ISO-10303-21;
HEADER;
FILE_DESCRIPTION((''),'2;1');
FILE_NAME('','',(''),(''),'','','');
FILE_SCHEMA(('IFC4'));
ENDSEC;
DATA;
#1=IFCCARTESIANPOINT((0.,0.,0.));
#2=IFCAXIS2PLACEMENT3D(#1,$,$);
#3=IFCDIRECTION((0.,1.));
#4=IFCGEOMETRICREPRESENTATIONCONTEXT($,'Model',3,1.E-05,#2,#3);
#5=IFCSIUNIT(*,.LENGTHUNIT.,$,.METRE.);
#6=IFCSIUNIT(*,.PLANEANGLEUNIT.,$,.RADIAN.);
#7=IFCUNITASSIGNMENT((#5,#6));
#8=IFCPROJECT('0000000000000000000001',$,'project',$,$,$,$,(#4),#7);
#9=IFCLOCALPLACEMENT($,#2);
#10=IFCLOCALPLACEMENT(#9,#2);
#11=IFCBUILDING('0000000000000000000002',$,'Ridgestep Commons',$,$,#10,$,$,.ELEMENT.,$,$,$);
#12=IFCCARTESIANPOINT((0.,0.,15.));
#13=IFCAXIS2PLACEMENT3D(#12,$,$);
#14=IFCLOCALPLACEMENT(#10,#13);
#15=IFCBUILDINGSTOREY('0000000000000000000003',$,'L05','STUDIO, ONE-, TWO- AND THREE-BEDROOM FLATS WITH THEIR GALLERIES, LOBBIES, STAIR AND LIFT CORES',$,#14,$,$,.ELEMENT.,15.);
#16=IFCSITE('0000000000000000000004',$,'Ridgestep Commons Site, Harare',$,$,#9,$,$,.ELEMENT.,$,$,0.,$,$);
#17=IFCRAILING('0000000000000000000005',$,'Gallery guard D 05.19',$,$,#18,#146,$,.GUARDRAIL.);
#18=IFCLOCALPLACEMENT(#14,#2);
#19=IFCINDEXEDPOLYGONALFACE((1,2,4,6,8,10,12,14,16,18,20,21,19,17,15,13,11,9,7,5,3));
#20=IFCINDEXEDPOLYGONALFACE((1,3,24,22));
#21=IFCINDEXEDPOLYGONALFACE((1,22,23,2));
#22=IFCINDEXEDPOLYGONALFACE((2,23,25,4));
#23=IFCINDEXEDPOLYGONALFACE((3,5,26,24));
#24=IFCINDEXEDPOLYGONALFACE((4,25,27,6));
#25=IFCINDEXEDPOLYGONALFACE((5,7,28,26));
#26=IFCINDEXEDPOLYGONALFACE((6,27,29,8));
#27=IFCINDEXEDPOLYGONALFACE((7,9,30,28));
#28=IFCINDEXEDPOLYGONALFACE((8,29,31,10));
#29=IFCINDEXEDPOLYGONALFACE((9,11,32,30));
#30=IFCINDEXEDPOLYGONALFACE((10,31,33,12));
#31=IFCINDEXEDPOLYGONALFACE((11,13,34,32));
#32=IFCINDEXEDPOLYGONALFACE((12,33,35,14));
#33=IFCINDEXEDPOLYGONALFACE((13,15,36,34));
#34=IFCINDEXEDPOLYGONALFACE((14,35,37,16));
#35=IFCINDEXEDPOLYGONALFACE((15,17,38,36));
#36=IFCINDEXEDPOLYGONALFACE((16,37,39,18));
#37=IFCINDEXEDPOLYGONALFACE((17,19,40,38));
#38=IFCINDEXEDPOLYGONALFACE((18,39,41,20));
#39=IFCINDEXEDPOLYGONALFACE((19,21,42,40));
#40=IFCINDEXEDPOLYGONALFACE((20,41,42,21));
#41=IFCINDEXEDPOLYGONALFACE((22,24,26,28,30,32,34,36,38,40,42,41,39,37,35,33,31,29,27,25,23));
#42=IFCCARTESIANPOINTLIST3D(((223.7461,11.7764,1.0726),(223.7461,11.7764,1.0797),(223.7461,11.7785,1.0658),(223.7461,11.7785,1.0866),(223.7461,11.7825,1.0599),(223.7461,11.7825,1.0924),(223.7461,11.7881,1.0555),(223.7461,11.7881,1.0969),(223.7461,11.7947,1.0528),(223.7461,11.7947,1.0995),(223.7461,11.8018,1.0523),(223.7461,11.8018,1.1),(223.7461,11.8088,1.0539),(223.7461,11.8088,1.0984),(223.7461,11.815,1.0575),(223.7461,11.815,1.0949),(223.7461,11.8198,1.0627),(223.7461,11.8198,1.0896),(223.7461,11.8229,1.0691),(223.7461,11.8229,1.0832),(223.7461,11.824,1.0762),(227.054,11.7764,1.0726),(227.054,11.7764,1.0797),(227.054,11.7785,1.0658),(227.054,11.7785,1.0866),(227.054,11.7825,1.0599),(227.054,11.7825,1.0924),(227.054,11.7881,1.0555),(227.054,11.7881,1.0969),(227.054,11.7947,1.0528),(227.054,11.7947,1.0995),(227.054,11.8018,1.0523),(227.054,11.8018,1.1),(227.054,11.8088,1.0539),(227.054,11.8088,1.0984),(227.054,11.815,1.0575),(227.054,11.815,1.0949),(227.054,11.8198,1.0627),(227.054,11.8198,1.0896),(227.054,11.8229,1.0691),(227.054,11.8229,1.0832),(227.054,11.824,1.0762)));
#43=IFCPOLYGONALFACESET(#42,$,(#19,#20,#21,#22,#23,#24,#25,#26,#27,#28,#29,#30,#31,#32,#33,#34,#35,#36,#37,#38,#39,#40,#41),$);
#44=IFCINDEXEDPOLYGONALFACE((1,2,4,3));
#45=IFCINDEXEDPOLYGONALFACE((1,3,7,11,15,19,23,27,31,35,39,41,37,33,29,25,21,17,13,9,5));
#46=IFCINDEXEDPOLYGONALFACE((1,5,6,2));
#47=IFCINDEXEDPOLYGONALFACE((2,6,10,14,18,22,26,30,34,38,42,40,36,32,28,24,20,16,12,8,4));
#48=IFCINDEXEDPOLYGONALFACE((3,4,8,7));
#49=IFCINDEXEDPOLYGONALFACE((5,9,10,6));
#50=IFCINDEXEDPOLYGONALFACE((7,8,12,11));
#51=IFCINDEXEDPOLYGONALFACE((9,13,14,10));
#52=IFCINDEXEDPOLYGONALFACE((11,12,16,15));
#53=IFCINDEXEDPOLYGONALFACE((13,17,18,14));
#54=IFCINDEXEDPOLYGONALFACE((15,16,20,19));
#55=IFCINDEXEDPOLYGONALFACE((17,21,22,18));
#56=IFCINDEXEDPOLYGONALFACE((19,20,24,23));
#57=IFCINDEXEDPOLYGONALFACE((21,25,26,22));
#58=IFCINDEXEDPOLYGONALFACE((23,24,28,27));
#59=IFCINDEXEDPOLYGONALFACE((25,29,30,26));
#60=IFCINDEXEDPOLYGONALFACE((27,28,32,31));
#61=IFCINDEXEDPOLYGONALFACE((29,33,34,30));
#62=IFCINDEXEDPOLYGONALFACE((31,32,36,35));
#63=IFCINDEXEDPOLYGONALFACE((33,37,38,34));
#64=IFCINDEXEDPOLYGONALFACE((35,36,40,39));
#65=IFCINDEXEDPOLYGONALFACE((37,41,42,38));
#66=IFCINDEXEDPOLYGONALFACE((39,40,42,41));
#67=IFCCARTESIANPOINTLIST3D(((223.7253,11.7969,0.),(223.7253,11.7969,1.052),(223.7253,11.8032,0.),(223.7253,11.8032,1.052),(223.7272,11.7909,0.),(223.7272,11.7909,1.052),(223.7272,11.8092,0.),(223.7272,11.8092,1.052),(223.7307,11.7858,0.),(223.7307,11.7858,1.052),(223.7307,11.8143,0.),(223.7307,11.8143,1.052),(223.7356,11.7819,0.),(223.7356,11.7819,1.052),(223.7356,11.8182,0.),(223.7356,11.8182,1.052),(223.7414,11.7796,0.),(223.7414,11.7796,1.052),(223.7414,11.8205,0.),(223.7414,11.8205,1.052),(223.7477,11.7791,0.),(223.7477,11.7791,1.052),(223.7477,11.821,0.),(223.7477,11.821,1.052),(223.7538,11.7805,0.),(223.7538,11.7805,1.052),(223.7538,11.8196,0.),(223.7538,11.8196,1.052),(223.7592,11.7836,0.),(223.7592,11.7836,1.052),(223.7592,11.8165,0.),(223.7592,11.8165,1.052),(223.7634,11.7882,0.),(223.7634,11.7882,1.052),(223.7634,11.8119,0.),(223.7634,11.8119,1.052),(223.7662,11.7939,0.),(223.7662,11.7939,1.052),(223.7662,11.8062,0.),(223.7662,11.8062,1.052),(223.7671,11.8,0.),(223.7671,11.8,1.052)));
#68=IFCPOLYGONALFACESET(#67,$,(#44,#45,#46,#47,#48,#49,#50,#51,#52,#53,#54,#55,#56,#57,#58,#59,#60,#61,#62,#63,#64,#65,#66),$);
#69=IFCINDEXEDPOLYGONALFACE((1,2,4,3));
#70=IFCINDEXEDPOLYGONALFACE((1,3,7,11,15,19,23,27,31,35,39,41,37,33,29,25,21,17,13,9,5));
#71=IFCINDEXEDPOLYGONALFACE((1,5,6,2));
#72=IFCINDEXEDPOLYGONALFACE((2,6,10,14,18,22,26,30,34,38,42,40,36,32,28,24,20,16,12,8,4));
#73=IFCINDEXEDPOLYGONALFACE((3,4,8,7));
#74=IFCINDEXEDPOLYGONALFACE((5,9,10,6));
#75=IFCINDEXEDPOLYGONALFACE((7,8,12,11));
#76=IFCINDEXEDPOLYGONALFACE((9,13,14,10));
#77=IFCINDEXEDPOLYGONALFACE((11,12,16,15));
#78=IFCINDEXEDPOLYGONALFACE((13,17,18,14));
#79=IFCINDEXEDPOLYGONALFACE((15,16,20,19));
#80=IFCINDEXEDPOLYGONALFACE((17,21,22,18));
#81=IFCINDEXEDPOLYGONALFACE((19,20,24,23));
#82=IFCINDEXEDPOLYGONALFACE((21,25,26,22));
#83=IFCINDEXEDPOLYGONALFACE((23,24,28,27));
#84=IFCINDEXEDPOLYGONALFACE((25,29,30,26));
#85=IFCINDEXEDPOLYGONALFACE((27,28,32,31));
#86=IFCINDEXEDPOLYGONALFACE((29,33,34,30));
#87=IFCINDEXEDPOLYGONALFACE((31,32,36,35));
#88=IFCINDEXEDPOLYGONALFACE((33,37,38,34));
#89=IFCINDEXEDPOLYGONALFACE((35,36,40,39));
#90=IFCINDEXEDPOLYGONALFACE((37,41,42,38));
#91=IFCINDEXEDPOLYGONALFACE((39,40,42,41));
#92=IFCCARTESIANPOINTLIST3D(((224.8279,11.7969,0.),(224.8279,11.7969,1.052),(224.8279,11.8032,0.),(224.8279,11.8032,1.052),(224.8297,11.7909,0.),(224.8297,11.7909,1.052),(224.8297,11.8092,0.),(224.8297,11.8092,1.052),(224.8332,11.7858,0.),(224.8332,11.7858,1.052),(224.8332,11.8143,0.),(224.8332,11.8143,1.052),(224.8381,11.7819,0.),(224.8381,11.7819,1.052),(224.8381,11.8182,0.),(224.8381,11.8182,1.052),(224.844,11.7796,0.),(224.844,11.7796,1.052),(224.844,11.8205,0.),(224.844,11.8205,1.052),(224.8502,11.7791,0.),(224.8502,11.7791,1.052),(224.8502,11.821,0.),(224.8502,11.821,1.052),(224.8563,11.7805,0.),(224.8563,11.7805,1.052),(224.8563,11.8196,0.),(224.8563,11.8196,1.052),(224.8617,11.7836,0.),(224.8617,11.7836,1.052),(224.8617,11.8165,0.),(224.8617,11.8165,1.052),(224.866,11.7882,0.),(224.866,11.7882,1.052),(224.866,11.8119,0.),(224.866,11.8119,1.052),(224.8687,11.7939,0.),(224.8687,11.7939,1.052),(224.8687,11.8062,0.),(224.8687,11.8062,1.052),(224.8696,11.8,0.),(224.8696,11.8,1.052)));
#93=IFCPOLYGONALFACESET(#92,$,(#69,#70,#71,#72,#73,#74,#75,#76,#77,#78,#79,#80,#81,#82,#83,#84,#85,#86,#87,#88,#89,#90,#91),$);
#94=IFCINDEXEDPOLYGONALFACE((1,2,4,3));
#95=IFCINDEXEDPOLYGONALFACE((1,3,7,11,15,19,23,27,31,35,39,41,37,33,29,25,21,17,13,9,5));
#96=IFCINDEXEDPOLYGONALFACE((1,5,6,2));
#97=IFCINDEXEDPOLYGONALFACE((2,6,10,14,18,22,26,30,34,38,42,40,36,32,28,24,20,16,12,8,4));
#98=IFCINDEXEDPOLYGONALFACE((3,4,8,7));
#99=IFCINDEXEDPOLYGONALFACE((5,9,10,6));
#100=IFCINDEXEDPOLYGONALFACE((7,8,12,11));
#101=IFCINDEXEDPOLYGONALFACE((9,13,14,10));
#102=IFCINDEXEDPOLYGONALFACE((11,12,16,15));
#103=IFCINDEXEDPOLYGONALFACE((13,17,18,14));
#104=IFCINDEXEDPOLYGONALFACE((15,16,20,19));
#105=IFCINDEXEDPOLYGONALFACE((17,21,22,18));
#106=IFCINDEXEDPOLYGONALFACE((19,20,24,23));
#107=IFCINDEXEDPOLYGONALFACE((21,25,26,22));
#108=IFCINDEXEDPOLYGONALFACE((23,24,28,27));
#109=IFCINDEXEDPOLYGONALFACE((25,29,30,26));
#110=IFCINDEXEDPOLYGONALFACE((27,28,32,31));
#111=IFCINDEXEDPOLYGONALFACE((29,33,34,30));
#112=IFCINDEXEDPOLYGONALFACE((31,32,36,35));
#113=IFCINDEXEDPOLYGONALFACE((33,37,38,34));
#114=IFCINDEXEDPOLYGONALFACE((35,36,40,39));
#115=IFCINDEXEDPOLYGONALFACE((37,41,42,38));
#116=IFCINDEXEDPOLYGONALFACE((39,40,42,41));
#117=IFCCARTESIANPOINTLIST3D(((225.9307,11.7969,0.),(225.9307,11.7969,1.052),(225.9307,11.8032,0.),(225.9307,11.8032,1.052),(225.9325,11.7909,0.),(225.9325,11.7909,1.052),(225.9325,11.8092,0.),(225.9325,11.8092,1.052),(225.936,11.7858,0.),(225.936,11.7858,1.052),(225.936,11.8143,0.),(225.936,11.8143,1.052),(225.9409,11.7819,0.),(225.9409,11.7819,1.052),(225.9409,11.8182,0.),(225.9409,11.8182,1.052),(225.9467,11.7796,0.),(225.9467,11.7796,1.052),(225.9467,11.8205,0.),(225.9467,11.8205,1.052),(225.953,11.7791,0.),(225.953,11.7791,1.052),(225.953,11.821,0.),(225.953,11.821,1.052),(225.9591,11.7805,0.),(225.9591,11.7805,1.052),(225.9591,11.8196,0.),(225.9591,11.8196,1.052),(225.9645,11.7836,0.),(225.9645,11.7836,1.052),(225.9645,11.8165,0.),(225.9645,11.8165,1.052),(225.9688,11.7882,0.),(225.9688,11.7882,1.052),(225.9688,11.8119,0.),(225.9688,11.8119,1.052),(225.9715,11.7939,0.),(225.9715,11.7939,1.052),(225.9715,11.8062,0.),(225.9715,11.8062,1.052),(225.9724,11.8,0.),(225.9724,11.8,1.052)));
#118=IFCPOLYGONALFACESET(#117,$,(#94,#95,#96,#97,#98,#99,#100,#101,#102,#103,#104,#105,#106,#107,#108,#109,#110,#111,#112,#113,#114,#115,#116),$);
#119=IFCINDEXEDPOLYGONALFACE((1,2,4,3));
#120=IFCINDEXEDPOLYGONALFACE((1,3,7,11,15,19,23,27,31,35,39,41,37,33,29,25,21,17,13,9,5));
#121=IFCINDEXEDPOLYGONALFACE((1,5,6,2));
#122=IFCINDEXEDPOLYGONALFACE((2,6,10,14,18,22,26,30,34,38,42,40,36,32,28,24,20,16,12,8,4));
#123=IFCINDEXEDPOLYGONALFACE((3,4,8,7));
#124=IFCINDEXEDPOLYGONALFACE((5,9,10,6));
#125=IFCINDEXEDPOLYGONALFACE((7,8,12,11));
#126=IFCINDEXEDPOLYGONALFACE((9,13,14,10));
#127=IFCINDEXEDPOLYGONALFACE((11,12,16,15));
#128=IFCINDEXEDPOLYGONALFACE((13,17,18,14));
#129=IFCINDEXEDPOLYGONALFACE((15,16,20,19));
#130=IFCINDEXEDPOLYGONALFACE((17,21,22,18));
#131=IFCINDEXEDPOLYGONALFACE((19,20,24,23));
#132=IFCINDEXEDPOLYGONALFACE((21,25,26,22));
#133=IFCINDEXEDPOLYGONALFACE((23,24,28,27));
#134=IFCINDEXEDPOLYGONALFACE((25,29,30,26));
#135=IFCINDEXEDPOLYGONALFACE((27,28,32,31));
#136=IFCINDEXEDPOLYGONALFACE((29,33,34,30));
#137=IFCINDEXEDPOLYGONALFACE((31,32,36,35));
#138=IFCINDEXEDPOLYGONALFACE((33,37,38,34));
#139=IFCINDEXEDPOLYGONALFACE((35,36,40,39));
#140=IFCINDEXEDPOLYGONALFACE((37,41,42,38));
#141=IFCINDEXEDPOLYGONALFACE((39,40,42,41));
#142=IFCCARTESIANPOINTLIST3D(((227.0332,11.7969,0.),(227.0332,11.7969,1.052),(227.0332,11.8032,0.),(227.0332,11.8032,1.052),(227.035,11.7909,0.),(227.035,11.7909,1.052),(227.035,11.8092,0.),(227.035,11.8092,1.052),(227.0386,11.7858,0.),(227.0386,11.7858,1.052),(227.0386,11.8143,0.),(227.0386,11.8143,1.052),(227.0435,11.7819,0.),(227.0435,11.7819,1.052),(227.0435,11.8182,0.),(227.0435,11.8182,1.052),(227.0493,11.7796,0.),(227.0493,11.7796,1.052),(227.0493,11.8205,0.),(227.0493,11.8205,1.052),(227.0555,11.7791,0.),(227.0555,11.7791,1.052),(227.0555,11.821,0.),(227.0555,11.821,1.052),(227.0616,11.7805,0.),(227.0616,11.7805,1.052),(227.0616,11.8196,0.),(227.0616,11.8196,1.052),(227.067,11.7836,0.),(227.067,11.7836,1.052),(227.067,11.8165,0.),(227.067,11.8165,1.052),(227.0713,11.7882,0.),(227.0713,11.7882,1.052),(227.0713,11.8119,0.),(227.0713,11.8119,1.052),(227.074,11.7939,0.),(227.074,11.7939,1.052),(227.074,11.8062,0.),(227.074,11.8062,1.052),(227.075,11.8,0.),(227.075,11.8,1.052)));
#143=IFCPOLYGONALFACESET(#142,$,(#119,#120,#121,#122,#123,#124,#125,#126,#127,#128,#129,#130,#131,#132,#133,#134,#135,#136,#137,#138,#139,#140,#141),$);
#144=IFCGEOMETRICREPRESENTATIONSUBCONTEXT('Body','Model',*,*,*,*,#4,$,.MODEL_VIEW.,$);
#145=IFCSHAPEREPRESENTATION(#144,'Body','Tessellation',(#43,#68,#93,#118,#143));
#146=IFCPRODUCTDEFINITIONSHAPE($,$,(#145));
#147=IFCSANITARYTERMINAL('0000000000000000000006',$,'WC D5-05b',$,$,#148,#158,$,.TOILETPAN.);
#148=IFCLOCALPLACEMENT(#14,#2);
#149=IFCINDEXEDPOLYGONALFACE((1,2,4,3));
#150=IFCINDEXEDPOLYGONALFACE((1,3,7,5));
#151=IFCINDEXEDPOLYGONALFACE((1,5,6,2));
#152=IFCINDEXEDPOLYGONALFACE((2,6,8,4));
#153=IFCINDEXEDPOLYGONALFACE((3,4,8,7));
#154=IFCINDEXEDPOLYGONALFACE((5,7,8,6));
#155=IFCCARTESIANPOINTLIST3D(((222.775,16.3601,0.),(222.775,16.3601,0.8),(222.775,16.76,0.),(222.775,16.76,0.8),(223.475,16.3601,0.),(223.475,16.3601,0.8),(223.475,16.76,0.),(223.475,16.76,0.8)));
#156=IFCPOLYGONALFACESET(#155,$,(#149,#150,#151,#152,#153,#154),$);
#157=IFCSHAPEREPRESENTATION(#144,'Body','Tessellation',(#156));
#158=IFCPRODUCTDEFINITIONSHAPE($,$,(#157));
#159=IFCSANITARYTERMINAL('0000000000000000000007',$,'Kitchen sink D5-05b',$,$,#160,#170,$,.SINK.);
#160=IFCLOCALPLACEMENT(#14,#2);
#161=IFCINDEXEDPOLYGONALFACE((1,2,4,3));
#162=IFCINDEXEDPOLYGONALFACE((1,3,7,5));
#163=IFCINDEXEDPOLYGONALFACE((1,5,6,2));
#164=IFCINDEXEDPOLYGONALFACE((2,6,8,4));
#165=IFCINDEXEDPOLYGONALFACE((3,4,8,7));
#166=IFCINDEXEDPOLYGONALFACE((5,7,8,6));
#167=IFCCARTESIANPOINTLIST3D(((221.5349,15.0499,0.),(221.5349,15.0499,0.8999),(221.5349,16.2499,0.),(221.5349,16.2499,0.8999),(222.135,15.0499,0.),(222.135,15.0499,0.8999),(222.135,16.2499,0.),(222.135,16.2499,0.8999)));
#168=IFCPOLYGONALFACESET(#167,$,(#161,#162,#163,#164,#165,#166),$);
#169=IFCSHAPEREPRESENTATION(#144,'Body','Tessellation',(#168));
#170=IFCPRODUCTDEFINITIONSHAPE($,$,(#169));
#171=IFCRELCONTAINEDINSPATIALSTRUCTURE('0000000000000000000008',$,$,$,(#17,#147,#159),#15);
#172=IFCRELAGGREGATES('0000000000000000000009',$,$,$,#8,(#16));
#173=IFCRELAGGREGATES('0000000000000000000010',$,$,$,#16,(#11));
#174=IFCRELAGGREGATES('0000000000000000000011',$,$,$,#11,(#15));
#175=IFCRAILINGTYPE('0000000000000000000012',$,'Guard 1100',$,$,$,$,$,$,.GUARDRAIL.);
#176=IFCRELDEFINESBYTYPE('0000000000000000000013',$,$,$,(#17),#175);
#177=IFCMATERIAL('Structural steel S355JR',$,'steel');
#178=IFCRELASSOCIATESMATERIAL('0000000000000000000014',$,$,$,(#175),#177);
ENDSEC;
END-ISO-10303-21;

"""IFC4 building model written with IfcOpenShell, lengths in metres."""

from ifc_helpers import new_model, si_unit, direction, frame, origin, origin_2d, place, context, subcontext, project, spatial, rectangle, circle, extrude, material, type_object, element, save


model = new_model("IFC4")

# Units and contexts
model_context = context("Model", 3, precision=1e-05, world=origin(), true_north=direction((0.0, 1.0)))
body_context = subcontext(model_context, "Body", "Model", "MODEL_VIEW")
ifc_project = project(units=[si_unit("LENGTHUNIT", "METRE"), si_unit("PLANEANGLEUNIT", "RADIAN")], contexts=[model_context])

# Site, building, storey
site_placement = place(None, origin())
site = spatial("IfcSite", under=ifc_project, at=site_placement, Name="Ridgestep Commons Site, Harare", CompositionType="ELEMENT", RefElevation=0.0)
building_placement = place(site_placement, origin())
building = spatial("IfcBuilding", under=site, at=building_placement, Name="Ridgestep Commons", CompositionType="ELEMENT")
storey_placement = place(building_placement, frame((0.0, 0.0, 15.0)))
storey = spatial("IfcBuildingStorey", under=building, at=storey_placement, Name="L05", Description="STUDIO, ONE-, TWO- AND THREE-BEDROOM FLATS WITH THEIR GALLERIES, LOBBIES, STAIR AND LIFT CORES", CompositionType="ELEMENT", Elevation=15.0)

# Railing
ifc_material_1 = material(Name="Structural steel S355JR", Category="steel")
railing_type = type_object("IfcRailingType", Name="Guard 1100", PredefinedType="GUARDRAIL", material=ifc_material_1)
railing_1_placement = place(storey_placement, frame((223.7461, 11.8, 0.0)))
element("IfcRailing", 1, at=railing_1_placement, inside=storey, type_object=railing_type, Name="Gallery guard D 05.19", PredefinedType="GUARDRAIL", context=body_context, shape_type="SweptSolid", body=[
    extrude(circle(Radius=0.0239, at=origin_2d()), frame((0.0, 0.0, 1.0762), z_axis=(1.0, 0.0, 0.0), x_axis=(0.0, 1.0, 0.0)), (0.0, 0.0, 1.0), 3.3079),
    extrude(circle(Radius=0.021, at=origin_2d()), origin(), (0.0, 0.0, 1.0), 1.052),
    extrude(circle(Radius=0.021, at=origin_2d()), frame((1.1025, 0.0, 0.0)), (0.0, 0.0, 1.0), 1.052),
    extrude(circle(Radius=0.021, at=origin_2d()), frame((2.2053, 0.0, 0.0)), (0.0, 0.0, 1.0), 1.052),
    extrude(circle(Radius=0.021, at=origin_2d()), frame((3.3079, 0.0, 0.0)), (0.0, 0.0, 1.0), 1.052),
])

# Sanitary terminals
sanitary_terminal_1_placement = place(storey_placement, frame((223.125, 16.5601, 0.0), z_axis=(0.0, 0.0, 1.0), x_axis=(1.0, 0.0, 0.0)))
element("IfcSanitaryTerminal", 2, at=sanitary_terminal_1_placement, inside=storey, Name="WC D5-05b", PredefinedType="TOILETPAN", context=body_context, shape_type="SweptSolid", body=[
    extrude(rectangle(XDim=0.7, YDim=0.3999, at=origin_2d()), origin(), (0.0, 0.0, 1.0), 0.8),
])
sanitary_terminal_2_placement = place(storey_placement, frame((221.835, 15.6499, 0.0), z_axis=(0.0, 0.0, 1.0), x_axis=(1.0, 0.0, 0.0)))
element("IfcSanitaryTerminal", 3, at=sanitary_terminal_2_placement, inside=storey, Name="Kitchen sink D5-05b", PredefinedType="SINK", context=body_context, shape_type="SweptSolid", body=[
    extrude(rectangle(XDim=0.6001, YDim=1.2, at=origin_2d()), origin(), (0.0, 0.0, 1.0), 0.8999),
])

save(model, "model.ifc")
